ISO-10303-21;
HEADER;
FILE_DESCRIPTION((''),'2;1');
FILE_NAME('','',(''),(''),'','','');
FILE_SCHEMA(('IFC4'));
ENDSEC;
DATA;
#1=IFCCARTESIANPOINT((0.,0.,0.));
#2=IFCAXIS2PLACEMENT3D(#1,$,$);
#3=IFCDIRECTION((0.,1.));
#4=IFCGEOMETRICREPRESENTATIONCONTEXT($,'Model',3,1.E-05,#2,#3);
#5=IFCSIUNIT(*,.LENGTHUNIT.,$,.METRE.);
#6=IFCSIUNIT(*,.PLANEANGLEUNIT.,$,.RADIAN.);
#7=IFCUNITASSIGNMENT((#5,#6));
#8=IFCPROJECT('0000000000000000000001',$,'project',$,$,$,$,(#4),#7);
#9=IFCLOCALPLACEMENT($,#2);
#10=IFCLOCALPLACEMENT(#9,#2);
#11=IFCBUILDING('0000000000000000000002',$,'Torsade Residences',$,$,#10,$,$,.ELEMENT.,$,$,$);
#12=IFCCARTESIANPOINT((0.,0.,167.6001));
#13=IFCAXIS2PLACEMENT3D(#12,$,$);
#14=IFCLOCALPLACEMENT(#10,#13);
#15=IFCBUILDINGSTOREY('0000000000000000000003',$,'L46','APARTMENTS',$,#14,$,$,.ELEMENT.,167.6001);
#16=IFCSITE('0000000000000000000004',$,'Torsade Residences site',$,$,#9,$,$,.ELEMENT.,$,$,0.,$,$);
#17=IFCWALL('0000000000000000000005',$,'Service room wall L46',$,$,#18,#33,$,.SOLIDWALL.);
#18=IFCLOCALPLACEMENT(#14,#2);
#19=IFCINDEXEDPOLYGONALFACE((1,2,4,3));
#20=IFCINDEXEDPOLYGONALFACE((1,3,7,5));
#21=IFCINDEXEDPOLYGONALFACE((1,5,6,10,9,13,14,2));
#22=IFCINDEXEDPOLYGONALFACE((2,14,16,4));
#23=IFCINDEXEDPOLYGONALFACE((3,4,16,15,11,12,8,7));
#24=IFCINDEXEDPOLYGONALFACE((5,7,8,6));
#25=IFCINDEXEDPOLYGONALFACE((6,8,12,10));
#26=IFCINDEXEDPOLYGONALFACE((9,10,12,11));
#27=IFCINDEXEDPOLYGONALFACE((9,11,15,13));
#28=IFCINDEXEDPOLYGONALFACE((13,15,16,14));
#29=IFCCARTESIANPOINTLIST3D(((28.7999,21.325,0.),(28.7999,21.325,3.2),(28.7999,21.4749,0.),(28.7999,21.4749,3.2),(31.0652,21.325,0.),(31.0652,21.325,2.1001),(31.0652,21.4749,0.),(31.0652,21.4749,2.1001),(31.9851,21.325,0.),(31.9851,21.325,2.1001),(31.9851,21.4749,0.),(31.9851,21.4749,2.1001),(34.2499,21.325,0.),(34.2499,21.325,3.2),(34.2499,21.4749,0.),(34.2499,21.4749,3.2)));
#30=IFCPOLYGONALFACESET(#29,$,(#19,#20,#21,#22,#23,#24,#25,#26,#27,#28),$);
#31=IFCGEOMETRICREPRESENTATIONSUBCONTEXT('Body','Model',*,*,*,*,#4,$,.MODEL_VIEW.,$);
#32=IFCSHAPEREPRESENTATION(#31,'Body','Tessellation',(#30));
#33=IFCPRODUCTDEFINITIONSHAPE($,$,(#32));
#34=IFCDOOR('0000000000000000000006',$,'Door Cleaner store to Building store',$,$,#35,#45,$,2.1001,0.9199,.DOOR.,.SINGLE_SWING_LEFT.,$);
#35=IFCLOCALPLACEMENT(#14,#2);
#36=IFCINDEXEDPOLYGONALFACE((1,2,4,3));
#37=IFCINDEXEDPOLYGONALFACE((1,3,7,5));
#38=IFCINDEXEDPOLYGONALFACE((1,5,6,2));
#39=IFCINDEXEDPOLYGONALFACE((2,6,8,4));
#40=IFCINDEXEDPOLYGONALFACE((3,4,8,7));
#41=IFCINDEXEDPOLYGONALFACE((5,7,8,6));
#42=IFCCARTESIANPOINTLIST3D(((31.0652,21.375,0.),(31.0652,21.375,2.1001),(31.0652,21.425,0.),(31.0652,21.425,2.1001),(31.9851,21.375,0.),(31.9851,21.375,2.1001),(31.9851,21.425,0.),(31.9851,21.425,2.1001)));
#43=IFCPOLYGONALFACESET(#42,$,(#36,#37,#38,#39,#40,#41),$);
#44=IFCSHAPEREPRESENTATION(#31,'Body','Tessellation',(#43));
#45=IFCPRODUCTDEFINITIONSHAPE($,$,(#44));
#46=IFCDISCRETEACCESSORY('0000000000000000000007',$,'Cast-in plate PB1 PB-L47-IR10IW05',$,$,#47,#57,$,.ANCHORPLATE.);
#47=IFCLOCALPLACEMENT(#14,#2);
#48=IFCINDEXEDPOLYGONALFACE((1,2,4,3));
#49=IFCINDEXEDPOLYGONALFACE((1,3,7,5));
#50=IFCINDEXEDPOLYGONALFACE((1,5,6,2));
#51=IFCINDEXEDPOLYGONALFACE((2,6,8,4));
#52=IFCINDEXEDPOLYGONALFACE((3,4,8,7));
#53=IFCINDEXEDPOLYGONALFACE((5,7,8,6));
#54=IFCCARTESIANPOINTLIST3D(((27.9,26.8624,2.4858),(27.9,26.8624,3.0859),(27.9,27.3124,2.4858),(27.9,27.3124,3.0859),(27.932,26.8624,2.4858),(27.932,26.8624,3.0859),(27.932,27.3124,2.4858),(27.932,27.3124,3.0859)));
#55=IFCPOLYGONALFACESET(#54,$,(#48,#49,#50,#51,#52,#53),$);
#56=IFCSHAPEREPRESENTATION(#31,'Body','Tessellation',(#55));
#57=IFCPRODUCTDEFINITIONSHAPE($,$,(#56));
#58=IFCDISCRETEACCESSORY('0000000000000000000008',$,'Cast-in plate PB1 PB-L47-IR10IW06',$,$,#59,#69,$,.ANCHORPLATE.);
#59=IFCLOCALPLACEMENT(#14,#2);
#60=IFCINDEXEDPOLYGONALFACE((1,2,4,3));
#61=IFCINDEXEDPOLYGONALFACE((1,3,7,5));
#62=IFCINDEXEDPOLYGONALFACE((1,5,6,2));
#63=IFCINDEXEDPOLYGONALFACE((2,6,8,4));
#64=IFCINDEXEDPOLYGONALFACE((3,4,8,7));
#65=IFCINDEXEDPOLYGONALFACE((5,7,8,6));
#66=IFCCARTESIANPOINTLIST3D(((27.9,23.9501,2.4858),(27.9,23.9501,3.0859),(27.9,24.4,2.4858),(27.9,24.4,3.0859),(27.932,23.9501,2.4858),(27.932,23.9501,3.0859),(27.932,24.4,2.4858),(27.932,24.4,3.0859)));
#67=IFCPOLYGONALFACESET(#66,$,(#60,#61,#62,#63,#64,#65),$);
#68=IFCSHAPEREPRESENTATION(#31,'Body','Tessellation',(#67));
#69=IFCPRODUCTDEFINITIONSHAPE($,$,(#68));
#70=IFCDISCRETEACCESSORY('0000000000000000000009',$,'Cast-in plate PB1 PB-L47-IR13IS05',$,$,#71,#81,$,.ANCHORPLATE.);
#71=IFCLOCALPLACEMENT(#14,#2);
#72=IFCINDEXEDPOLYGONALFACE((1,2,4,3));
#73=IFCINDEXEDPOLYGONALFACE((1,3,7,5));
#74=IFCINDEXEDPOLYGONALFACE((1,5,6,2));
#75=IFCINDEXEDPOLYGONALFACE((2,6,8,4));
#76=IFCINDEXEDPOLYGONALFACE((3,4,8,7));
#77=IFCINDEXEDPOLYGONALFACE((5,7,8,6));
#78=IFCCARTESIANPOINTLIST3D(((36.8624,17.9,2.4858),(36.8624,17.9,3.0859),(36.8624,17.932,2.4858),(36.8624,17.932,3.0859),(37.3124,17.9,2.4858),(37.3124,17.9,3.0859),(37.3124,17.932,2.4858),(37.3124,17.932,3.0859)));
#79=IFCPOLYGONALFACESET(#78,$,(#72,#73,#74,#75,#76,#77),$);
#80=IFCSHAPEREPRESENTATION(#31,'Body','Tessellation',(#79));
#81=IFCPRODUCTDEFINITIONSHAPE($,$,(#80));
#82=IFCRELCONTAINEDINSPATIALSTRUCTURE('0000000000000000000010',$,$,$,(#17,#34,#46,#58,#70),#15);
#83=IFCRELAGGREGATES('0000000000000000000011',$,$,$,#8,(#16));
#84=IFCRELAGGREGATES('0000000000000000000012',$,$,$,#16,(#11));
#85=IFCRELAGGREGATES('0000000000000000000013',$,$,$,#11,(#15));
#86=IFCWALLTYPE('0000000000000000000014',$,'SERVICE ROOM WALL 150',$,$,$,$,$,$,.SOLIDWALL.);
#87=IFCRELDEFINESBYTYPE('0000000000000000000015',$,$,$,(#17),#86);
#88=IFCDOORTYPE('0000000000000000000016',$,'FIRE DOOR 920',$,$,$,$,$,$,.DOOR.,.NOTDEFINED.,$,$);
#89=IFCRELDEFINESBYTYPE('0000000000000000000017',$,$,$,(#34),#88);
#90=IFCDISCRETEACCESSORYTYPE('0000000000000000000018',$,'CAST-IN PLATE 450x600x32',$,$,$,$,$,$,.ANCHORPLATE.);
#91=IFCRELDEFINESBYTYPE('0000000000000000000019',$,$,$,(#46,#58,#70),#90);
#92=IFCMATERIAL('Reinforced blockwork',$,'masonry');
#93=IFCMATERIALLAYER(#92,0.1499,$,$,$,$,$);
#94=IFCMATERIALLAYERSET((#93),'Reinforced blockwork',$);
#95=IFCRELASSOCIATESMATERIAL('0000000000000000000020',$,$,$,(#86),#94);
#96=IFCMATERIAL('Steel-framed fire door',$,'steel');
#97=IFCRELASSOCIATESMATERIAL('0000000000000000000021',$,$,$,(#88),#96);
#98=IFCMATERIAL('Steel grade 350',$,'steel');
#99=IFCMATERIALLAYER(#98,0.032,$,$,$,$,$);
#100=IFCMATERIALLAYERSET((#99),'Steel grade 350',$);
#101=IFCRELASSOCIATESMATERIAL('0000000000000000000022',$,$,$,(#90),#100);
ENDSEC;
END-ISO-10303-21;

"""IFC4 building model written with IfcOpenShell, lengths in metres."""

from ifc_helpers import new_model, si_unit, direction, frame, frame_2d, origin, origin_2d, place, context, subcontext, project, spatial, rectangle, extrude, material, layer, layer_set, type_object, element, fill, save


model = new_model("IFC4")

# Units and contexts
model_context = context("Model", 3, precision=1e-05, world=origin(), true_north=direction((0.0, 1.0)))
body_context = subcontext(model_context, "Body", "Model", "MODEL_VIEW")
ifc_project = project(units=[si_unit("LENGTHUNIT", "METRE"), si_unit("PLANEANGLEUNIT", "RADIAN")], contexts=[model_context])

# Site, building, storey
site_placement = place(None, origin())
site = spatial("IfcSite", under=ifc_project, at=site_placement, Name="Torsade Residences site", CompositionType="ELEMENT", RefElevation=0.0)
building_placement = place(site_placement, origin())
building = spatial("IfcBuilding", under=site, at=building_placement, Name="Torsade Residences", CompositionType="ELEMENT")
storey_placement = place(building_placement, frame((0.0, 0.0, 167.6001)))
storey = spatial("IfcBuildingStorey", under=building, at=storey_placement, Name="L46", Description="APARTMENTS", CompositionType="ELEMENT", Elevation=167.6001)

# Shared definitions
ifc_material_1 = material(Name="Reinforced blockwork", Category="masonry")
ifc_layer_1 = layer(ifc_material_1, 0.1499)
ifc_layer_set_1 = layer_set([ifc_layer_1], Name="Reinforced blockwork")
wall_type_1 = type_object("IfcWallType", Name="SERVICE ROOM WALL 150", PredefinedType="SOLIDWALL", material=ifc_layer_set_1)

# Wall, opening, door
wall_1_placement = place(storey_placement, frame((34.25, 21.3999, 0.0), z_axis=(0.0, 0.0, 1.0), x_axis=(-1.0, 0.0, 0.0)))
wall_1 = element("IfcWall", 1, at=wall_1_placement, inside=storey, type_object=wall_type_1, Name="Service room wall L46", PredefinedType="SOLIDWALL", context=body_context, shape_type="SweptSolid", body=[
    extrude(rectangle(XDim=5.45, YDim=0.1499, at=frame_2d((2.7251, 0.0))), origin(), (0.0, 0.0, 1.0), 3.2),
])
opening_1_placement = place(wall_1_placement, frame((2.2649, 0.0, 0.0)))
opening_1 = element("IfcOpeningElement", 2, at=opening_1_placement, cuts=wall_1, PredefinedType="OPENING", context=body_context, shape_type="SweptSolid", body=[
    extrude(rectangle(XDim=0.9199, YDim=2.1001, at=frame_2d((0.46, 1.05))), frame((0.0, 0.085, 0.0), z_axis=(0.0, -1.0, 0.0), x_axis=(1.0, 0.0, 0.0)), (0.0, 0.0, 1.0), 0.1699),
])
ifc_material_2 = material(Name="Steel-framed fire door", Category="steel")
door_type_1 = type_object("IfcDoorType", Name="FIRE DOOR 920", OperationType="NOTDEFINED", PredefinedType="DOOR", material=ifc_material_2)
door_1_placement = place(opening_1_placement, origin())
door_1 = element("IfcDoor", 3, at=door_1_placement, inside=storey, type_object=door_type_1, Name="Door Cleaner store to Building store", OperationType="SINGLE_SWING_LEFT", OverallHeight=2.1001, OverallWidth=0.9199, PredefinedType="DOOR", context=body_context, shape_type="SweptSolid", body=[
    extrude(rectangle(XDim=0.9199, YDim=2.1001, at=frame_2d((0.46, 1.05))), frame((0.0, 0.0249, 0.0), z_axis=(0.0, -1.0, 0.0), x_axis=(1.0, 0.0, 0.0)), (0.0, 0.0, 1.0), 0.05),
])
fill(opening_1, door_1)

# Discrete accessories
ifc_material_3 = material(Name="Steel grade 350", Category="steel")
ifc_layer_2 = layer(ifc_material_3, 0.032)
ifc_layer_set_2 = layer_set([ifc_layer_2], Name="Steel grade 350")
discrete_accessory_type = type_object("IfcDiscreteAccessoryType", Name="CAST-IN PLATE 450x600x32", PredefinedType="ANCHORPLATE", material=ifc_layer_set_2)
for number, where, z_axis, x_axis, name in (
    (4, (27.916, 27.0874, 2.4858), (0.0, 0.0, 1.0), (1.0, 0.0, 0.0), "Cast-in plate PB1 PB-L47-IR10IW05"),
    (5, (27.916, 24.175, 2.4858), (0.0, 0.0, 1.0), (1.0, 0.0, 0.0), "Cast-in plate PB1 PB-L47-IR10IW06"),
):
    element("IfcDiscreteAccessory", number, at=place(storey_placement, frame(where, z_axis=z_axis, x_axis=x_axis)), inside=storey, type_object=discrete_accessory_type, Name=name, PredefinedType="ANCHORPLATE", context=body_context, shape_type="SweptSolid", body=[
        extrude(rectangle(XDim=0.032, YDim=0.45, at=origin_2d()), origin(), (0.0, 0.0, 1.0), 0.6001),
    ])
discrete_accessory_placement = place(storey_placement, frame((37.0874, 17.916, 2.4858), z_axis=(0.0, 0.0, 1.0), x_axis=(1.0, 0.0, 0.0)))
element("IfcDiscreteAccessory", 6, at=discrete_accessory_placement, inside=storey, type_object=discrete_accessory_type, Name="Cast-in plate PB1 PB-L47-IR13IS05", PredefinedType="ANCHORPLATE", context=body_context, shape_type="SweptSolid", body=[
    extrude(rectangle(XDim=0.45, YDim=0.032, at=origin_2d()), origin(), (0.0, 0.0, 1.0), 0.6001),
])

save(model, "model.ifc")
